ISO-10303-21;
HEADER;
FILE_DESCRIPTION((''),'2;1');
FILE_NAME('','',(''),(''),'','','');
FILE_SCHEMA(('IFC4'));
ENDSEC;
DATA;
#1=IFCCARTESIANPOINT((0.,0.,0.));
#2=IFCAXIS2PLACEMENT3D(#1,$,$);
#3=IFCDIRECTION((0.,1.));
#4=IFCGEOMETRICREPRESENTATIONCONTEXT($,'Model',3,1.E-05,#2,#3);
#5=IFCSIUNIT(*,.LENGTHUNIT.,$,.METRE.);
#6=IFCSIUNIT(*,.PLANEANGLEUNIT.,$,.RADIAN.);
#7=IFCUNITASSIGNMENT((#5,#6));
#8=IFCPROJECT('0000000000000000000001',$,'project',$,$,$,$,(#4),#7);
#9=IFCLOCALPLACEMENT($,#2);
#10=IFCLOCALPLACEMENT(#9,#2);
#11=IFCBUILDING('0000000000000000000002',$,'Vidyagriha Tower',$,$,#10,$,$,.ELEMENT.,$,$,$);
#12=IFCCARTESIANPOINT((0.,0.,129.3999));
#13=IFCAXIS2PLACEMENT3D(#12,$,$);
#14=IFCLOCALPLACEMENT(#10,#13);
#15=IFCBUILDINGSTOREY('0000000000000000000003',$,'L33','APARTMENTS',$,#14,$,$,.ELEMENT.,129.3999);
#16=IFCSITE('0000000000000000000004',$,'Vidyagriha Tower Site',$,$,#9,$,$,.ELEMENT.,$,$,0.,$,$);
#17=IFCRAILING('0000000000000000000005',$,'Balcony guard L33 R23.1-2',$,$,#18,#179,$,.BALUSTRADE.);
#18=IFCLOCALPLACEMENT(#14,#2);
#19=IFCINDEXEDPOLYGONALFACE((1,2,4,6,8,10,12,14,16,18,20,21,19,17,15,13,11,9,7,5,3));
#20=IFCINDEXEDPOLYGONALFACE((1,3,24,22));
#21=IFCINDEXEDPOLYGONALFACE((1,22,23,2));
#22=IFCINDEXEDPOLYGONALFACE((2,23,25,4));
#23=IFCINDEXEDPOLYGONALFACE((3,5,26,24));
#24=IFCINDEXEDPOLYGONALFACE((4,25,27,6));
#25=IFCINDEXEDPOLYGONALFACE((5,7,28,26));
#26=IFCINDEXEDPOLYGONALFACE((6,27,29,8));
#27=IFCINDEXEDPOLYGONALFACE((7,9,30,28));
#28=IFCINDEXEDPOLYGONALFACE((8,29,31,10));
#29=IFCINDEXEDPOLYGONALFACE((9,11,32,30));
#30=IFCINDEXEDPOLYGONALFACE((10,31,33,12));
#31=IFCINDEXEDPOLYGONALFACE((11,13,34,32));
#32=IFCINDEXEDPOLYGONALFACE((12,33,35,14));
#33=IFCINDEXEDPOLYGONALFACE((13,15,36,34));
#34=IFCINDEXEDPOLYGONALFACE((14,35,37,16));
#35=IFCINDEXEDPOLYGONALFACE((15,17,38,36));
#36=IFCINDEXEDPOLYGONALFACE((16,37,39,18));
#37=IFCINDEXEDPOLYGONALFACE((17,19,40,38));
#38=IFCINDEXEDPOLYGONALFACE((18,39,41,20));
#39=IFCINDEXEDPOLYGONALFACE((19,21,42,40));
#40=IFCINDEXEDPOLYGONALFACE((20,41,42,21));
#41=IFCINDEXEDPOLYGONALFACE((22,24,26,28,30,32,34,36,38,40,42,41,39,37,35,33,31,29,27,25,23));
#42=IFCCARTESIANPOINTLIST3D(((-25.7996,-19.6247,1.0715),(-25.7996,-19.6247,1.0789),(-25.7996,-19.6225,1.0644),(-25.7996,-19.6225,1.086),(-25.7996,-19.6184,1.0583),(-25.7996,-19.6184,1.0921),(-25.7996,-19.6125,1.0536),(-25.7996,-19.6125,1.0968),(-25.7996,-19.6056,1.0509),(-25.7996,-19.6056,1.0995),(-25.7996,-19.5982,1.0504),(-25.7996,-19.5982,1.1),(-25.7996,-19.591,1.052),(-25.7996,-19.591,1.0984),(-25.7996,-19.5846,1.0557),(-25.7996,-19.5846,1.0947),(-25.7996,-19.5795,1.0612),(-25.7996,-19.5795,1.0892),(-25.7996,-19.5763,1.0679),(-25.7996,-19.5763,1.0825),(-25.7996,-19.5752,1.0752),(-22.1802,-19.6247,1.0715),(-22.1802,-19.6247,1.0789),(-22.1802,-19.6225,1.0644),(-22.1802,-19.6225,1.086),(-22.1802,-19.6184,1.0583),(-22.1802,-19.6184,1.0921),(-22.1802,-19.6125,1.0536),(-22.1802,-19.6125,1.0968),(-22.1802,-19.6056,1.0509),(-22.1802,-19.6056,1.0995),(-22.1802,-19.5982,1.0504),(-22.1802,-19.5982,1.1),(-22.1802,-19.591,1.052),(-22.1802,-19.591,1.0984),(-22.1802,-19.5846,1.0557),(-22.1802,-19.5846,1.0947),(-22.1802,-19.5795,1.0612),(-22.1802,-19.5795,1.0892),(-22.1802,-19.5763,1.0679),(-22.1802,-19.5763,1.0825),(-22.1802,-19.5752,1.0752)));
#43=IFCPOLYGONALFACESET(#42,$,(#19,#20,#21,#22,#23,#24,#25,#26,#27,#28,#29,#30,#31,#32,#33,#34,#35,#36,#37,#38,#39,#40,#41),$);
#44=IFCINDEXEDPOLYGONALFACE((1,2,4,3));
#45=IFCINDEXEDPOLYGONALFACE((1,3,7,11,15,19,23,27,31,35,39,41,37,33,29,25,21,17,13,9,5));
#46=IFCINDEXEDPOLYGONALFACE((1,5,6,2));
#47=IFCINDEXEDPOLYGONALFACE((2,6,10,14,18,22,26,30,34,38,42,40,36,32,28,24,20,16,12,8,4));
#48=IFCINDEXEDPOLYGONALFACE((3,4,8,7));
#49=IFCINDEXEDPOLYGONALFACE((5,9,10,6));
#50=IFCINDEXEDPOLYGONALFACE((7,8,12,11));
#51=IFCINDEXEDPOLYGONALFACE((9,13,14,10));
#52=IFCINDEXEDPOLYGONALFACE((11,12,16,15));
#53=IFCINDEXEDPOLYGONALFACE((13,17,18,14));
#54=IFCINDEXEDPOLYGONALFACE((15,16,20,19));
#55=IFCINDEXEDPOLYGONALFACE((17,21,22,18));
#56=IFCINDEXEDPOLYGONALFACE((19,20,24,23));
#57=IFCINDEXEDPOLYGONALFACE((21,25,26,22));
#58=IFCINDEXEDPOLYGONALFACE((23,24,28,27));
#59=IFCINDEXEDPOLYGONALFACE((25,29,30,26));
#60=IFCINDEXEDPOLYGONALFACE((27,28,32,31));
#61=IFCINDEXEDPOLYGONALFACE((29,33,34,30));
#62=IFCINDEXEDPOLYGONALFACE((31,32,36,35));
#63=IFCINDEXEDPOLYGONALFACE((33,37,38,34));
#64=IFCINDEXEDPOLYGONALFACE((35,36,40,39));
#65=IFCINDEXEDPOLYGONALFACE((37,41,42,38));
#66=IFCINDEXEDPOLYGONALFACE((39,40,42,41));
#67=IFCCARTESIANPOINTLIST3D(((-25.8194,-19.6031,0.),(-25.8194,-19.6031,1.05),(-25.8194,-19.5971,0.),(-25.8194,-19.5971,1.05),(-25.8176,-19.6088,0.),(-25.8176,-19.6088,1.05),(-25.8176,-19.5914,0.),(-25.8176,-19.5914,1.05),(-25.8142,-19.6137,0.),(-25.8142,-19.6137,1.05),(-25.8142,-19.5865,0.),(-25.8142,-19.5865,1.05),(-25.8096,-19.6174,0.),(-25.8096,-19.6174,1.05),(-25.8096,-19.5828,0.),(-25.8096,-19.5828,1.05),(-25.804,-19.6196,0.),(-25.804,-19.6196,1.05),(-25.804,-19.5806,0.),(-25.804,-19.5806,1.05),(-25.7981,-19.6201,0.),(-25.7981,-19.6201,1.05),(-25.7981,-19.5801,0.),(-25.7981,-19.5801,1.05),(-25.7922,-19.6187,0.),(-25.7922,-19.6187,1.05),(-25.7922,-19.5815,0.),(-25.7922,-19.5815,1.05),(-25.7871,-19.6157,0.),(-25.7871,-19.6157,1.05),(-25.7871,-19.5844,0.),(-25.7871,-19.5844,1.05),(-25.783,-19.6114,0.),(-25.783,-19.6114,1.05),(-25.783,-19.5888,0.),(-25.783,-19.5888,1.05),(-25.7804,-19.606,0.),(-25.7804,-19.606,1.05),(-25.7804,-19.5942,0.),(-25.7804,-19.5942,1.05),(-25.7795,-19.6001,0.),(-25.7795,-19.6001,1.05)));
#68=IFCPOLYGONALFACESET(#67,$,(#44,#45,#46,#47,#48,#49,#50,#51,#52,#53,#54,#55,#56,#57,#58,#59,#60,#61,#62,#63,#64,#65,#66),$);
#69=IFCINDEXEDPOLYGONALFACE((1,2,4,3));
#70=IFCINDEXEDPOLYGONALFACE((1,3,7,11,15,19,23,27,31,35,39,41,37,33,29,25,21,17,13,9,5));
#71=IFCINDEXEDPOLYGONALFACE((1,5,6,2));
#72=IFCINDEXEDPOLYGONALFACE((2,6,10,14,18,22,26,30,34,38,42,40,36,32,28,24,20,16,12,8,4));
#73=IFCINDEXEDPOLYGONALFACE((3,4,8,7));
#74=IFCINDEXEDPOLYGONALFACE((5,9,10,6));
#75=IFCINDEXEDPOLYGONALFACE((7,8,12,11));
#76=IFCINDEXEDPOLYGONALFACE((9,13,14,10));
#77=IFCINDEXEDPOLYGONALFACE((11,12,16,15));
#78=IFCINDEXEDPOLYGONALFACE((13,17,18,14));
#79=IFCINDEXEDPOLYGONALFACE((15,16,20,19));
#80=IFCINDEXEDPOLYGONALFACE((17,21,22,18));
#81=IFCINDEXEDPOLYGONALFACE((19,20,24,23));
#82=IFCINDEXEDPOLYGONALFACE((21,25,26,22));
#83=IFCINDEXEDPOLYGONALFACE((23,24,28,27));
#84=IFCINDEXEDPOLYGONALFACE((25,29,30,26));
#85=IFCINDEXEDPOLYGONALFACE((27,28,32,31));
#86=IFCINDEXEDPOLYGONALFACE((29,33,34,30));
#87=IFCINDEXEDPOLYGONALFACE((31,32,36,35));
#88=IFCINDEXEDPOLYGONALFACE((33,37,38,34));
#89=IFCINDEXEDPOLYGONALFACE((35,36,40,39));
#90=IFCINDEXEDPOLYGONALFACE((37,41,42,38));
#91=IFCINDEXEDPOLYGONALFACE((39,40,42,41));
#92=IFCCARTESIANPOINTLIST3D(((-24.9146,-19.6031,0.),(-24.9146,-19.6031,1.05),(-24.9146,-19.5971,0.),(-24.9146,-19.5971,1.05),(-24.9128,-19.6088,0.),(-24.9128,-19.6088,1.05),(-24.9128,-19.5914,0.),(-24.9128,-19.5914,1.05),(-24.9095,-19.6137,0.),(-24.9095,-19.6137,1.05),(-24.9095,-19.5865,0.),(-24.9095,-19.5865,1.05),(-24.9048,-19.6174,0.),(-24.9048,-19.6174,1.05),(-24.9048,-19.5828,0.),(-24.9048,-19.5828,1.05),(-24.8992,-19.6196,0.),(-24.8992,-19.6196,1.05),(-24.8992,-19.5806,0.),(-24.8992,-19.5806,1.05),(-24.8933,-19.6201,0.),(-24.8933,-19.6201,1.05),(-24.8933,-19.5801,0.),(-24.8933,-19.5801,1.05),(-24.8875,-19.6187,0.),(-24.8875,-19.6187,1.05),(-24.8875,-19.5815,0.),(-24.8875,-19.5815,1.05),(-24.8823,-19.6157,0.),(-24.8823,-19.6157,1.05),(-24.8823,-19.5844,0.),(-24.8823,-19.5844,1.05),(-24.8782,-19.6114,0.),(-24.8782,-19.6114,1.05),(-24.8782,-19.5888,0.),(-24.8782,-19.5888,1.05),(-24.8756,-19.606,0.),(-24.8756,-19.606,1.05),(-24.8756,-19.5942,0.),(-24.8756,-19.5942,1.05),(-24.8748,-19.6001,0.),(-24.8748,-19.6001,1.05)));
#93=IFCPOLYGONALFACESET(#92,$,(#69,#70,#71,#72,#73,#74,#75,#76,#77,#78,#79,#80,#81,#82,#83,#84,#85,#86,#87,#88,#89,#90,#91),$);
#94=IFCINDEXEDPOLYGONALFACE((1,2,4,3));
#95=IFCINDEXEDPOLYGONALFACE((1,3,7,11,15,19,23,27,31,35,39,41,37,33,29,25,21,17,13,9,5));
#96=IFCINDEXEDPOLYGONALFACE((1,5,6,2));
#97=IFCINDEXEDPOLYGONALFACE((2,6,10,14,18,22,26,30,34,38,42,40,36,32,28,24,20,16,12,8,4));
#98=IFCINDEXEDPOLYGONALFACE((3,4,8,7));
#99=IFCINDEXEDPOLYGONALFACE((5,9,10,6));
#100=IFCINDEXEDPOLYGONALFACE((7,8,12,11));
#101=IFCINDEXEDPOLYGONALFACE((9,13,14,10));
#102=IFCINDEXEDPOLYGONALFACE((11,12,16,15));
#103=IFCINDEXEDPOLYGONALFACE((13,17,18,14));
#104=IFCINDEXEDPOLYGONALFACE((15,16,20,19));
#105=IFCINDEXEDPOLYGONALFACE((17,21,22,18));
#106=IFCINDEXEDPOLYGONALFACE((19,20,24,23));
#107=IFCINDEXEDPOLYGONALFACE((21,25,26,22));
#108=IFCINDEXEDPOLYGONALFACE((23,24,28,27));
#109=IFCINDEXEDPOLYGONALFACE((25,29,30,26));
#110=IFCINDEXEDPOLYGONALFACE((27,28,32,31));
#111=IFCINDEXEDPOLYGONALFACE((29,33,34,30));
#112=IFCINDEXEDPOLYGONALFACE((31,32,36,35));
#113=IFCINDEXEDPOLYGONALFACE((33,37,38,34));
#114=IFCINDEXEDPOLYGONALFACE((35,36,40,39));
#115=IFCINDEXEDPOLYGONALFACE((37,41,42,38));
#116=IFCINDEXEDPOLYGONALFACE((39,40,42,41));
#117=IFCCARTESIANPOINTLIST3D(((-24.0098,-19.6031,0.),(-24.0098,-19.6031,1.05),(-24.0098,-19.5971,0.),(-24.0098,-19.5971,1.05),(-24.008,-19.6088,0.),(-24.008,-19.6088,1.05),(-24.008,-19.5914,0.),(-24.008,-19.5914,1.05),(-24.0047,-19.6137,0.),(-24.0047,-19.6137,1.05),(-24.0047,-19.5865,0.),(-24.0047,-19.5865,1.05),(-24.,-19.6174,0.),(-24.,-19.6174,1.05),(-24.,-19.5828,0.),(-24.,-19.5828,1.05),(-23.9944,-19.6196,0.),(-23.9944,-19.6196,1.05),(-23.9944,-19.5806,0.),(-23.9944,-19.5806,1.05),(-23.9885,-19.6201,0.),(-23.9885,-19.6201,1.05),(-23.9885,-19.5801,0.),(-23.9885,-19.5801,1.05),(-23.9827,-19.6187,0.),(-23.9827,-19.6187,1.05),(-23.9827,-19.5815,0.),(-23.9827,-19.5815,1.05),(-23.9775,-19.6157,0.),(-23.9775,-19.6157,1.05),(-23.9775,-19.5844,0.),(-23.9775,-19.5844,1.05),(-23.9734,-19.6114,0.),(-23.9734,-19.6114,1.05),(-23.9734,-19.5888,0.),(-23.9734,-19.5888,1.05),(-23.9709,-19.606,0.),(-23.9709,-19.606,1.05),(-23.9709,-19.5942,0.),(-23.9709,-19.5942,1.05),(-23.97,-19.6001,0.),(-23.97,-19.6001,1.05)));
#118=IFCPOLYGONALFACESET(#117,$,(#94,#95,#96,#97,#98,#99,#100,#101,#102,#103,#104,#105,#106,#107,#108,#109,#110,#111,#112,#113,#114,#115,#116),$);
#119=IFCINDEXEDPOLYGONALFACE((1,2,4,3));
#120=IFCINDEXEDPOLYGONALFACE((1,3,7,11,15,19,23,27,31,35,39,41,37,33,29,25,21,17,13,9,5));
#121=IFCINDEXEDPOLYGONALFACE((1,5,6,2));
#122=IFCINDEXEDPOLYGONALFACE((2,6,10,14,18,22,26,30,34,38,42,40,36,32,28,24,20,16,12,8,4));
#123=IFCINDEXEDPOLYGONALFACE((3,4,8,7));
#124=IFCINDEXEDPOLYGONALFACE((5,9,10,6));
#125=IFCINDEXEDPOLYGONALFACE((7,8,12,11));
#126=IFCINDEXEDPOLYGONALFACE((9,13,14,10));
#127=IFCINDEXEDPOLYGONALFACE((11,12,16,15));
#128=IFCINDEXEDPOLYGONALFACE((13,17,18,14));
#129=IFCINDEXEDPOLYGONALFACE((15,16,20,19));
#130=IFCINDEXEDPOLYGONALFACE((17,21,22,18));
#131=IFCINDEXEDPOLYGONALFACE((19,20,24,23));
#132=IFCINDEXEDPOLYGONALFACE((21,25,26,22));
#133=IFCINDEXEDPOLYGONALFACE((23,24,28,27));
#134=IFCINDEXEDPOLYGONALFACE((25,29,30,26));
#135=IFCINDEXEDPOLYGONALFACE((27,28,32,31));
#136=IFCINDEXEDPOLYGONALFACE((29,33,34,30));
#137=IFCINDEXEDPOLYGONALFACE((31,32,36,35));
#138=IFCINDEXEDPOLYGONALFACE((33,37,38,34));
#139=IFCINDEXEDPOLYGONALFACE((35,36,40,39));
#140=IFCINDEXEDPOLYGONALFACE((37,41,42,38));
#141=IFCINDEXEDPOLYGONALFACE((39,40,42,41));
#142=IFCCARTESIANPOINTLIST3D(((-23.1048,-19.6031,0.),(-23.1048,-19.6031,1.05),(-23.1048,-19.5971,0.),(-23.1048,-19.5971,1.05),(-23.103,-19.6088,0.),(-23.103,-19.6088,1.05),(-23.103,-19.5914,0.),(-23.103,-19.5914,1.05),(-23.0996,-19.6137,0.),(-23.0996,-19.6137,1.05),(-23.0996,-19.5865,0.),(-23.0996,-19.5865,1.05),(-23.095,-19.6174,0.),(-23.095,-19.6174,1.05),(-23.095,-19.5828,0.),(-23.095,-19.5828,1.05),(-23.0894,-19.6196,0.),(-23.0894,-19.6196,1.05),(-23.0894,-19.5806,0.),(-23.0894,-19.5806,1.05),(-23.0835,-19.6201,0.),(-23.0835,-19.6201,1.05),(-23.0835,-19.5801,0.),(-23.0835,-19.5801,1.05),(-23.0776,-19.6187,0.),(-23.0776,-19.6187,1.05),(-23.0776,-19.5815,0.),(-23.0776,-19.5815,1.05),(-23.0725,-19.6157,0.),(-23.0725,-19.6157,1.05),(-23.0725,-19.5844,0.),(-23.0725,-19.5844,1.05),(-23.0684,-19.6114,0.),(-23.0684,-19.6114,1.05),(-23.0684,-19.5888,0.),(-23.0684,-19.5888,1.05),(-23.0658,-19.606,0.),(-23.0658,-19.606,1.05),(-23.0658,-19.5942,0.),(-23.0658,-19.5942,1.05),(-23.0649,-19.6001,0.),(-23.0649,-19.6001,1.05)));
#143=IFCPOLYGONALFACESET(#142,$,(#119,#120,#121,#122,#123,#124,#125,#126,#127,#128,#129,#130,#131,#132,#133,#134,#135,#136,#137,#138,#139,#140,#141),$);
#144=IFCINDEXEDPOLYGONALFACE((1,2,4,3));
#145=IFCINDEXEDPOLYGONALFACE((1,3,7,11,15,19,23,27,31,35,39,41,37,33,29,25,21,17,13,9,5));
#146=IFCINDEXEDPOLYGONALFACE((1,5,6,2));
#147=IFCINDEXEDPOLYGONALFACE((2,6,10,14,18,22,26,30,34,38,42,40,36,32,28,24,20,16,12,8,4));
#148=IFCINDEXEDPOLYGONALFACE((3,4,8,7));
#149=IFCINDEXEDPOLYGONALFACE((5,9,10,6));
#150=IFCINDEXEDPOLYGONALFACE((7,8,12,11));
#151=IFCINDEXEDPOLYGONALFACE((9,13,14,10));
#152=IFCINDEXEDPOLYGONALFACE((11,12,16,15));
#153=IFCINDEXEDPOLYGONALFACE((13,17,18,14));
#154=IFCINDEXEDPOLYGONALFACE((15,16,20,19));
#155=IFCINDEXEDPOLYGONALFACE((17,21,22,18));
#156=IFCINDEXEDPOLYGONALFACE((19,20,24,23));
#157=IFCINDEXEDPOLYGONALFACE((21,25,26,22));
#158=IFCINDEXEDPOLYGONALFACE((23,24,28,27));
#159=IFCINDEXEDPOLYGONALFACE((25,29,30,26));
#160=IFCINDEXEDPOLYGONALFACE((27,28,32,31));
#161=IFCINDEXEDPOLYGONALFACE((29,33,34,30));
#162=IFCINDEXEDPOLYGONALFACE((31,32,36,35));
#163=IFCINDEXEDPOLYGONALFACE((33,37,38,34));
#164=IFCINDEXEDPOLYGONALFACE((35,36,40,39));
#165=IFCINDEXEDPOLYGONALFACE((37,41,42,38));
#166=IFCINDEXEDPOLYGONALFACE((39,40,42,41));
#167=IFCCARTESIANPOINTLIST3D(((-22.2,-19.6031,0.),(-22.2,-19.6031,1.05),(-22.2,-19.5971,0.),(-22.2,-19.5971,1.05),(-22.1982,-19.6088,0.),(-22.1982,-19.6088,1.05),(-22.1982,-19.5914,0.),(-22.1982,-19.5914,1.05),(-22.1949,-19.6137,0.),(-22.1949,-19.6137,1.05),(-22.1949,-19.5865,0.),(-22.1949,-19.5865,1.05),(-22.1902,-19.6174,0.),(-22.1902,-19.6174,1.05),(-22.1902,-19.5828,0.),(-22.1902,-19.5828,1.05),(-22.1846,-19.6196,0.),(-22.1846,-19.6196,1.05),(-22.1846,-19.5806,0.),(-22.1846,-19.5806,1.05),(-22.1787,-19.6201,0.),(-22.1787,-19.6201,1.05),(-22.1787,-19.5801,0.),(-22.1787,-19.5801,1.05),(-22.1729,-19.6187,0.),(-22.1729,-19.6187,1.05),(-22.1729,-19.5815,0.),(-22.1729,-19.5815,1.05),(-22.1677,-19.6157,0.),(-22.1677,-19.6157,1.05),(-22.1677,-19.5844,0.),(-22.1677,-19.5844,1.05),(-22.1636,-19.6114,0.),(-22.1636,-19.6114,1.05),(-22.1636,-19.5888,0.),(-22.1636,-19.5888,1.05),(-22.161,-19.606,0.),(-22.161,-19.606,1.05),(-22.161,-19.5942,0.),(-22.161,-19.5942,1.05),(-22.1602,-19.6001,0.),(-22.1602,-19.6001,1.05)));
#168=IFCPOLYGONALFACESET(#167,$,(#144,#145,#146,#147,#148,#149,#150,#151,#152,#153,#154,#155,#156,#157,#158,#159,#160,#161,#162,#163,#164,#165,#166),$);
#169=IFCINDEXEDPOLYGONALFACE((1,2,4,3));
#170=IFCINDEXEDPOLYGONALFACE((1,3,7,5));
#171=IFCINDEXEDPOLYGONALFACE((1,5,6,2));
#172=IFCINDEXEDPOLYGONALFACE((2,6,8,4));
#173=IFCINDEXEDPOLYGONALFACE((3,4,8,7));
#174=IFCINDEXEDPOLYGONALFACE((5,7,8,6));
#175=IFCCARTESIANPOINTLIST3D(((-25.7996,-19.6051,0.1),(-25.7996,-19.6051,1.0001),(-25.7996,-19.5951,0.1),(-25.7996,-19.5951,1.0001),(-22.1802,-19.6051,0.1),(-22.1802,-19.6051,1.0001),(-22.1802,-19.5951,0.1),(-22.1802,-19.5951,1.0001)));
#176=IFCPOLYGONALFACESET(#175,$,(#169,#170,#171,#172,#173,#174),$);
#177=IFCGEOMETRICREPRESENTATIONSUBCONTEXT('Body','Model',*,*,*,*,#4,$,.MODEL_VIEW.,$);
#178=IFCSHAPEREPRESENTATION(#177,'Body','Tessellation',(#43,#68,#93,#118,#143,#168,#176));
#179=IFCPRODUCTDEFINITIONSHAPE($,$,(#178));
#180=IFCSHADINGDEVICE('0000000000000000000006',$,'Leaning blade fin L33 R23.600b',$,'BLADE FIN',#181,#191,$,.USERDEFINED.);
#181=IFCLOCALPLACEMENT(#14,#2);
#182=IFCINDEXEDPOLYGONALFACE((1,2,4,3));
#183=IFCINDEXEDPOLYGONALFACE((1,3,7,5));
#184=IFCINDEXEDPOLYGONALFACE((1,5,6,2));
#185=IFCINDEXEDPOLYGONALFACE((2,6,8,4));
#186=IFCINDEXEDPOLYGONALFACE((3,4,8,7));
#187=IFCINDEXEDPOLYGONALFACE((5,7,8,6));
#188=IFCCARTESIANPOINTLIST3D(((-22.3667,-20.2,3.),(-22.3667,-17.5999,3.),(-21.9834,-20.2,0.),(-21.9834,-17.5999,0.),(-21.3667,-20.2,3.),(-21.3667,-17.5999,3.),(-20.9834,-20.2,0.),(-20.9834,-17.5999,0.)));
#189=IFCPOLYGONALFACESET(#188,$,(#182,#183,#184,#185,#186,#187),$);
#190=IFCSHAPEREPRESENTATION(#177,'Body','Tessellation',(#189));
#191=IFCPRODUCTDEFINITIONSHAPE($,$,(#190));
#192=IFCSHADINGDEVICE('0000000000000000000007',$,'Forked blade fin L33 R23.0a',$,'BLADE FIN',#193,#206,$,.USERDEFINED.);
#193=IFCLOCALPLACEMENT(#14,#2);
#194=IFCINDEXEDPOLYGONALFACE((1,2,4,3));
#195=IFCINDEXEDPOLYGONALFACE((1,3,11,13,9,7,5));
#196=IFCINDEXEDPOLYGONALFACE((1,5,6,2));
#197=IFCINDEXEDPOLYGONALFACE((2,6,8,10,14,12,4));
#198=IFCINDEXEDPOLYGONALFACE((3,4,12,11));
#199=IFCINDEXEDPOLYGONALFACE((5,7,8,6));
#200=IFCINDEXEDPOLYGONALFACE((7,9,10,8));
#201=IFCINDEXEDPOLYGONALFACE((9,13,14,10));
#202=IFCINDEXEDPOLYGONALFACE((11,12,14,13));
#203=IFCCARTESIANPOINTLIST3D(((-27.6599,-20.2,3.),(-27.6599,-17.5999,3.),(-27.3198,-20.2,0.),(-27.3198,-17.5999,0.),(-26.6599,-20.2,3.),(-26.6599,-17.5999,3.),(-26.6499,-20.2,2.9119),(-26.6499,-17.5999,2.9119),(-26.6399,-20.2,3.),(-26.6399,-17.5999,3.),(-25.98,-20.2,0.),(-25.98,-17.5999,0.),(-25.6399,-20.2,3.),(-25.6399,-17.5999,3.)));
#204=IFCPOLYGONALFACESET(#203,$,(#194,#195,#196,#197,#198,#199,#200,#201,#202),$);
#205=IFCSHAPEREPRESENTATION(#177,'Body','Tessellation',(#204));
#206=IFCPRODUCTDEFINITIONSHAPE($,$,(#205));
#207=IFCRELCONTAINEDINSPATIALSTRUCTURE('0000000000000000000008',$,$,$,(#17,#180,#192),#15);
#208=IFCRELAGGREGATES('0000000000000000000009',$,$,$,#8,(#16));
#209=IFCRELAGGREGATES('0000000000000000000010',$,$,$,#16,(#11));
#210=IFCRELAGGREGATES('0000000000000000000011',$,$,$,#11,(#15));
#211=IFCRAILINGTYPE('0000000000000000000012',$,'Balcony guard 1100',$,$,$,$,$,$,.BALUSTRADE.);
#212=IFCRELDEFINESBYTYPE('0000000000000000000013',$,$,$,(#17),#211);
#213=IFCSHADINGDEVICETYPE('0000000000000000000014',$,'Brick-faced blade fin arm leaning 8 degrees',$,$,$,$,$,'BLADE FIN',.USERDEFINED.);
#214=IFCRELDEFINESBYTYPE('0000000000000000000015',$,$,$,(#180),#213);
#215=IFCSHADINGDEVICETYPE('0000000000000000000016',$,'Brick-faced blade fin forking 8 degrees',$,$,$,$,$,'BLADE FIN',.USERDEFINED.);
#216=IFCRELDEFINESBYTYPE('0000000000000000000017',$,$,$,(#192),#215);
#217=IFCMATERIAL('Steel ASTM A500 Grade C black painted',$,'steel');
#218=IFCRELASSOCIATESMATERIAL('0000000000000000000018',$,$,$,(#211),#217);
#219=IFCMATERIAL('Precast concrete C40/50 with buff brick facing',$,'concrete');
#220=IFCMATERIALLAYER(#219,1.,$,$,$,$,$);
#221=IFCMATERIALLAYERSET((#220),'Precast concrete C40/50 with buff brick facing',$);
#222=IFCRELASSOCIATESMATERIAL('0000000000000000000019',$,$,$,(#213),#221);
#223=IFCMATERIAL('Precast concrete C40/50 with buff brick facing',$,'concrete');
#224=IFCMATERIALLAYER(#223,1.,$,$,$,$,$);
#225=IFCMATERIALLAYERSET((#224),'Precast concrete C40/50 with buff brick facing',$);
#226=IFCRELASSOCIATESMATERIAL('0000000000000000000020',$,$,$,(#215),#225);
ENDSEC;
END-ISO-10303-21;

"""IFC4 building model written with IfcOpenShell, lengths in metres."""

from ifc_helpers import new_model, si_unit, direction, frame, origin, origin_2d, place, context, subcontext, project, spatial, polyline, rectangle, circle, outline, extrude, material, layer, layer_set, type_object, element, save


model = new_model("IFC4")

# Units and contexts
model_context = context("Model", 3, precision=1e-05, world=origin(), true_north=direction((0.0, 1.0)))
body_context = subcontext(model_context, "Body", "Model", "MODEL_VIEW")
ifc_project = project(units=[si_unit("LENGTHUNIT", "METRE"), si_unit("PLANEANGLEUNIT", "RADIAN")], contexts=[model_context])

# Site, building, storey
site_placement = place(None, origin())
site = spatial("IfcSite", under=ifc_project, at=site_placement, Name="Vidyagriha Tower Site", CompositionType="ELEMENT", RefElevation=0.0)
building_placement = place(site_placement, origin())
building = spatial("IfcBuilding", under=site, at=building_placement, Name="Vidyagriha Tower", CompositionType="ELEMENT")
storey_placement = place(building_placement, frame((0.0, 0.0, 129.3999)))
storey = spatial("IfcBuildingStorey", under=building, at=storey_placement, Name="L33", Description="APARTMENTS", CompositionType="ELEMENT", Elevation=129.3999)

# Railing
ifc_material_1 = material(Name="Steel ASTM A500 Grade C black painted", Category="steel")
railing_type_1 = type_object("IfcRailingType", Name="Balcony guard 1100", PredefinedType="BALUSTRADE", material=ifc_material_1)
railing_1_placement = place(storey_placement, frame((-25.7996, -19.6001, 0.0)))
element("IfcRailing", 1, at=railing_1_placement, inside=storey, type_object=railing_type_1, Name="Balcony guard L33 R23.1-2", PredefinedType="BALUSTRADE", context=body_context, shape_type="SweptSolid", body=[
    extrude(circle(Radius=0.0249, at=origin_2d()), frame((0.0, 0.0, 1.0752), z_axis=(1.0, 0.0, 0.0), x_axis=(0.0, 1.0, 0.0)), (0.0, 0.0, 1.0), 3.6194),
    extrude(circle(Radius=0.02, at=origin_2d()), origin(), (0.0, 0.0, 1.0), 1.05),
    extrude(circle(Radius=0.02, at=origin_2d()), frame((0.9048, 0.0, 0.0)), (0.0, 0.0, 1.0), 1.05),
    extrude(circle(Radius=0.02, at=origin_2d()), frame((1.8096, 0.0, 0.0)), (0.0, 0.0, 1.0), 1.05),
    extrude(circle(Radius=0.02, at=origin_2d()), frame((2.7146, 0.0, 0.0)), (0.0, 0.0, 1.0), 1.05),
    extrude(circle(Radius=0.02, at=origin_2d()), frame((3.6194, 0.0, 0.0)), (0.0, 0.0, 1.0), 1.05),
    extrude(rectangle(XDim=0.01, YDim=0.9001, at=origin_2d()), frame((0.0, 0.0, 0.55), z_axis=(1.0, 0.0, 0.0), x_axis=(0.0, 1.0, 0.0)), (0.0, 0.0, 1.0), 3.6194),
])

# Shading devices
ifc_material_2 = material(Name="Precast concrete C40/50 with buff brick facing", Category="concrete")
ifc_layer_1 = layer(ifc_material_2, 1.0)
ifc_layer_set_1 = layer_set([ifc_layer_1], Name="Precast concrete C40/50 with buff brick facing")
shading_device_type_1 = type_object("IfcShadingDeviceType", Name="Brick-faced blade fin arm leaning 8 degrees", ElementType="BLADE FIN", PredefinedType="USERDEFINED", material=ifc_layer_set_1)
shading_device_1_placement = place(storey_placement, frame((-22.3667, -18.8999, 0.0)))
element("IfcShadingDevice", 2, at=shading_device_1_placement, inside=storey, type_object=shading_device_type_1, Name="Leaning blade fin L33 R23.600b", ObjectType="BLADE FIN", PredefinedType="USERDEFINED", context=body_context, shape_type="SweptSolid", body=[
    extrude(outline(polyline([(0.3833, 0.0), (1.3833, 0.0), (1.0, 3.0), (0.0, 3.0), (0.3833, 0.0)])), frame((0.0, 1.3, 0.0), z_axis=(0.0, -1.0, 0.0), x_axis=(1.0, 0.0, 0.0)), (0.0, 0.0, 1.0), 2.6001),
])
ifc_material_3 = material(Name="Precast concrete C40/50 with buff brick facing", Category="concrete")
ifc_layer_2 = layer(ifc_material_3, 1.0)
ifc_layer_set_2 = layer_set([ifc_layer_2], Name="Precast concrete C40/50 with buff brick facing")
shading_device_type_2 = type_object("IfcShadingDeviceType", Name="Brick-faced blade fin forking 8 degrees", ElementType="BLADE FIN", PredefinedType="USERDEFINED", material=ifc_layer_set_2)
shading_device_2_placement = place(storey_placement, frame((-27.6599, -18.8999, 0.0)))
element("IfcShadingDevice", 3, at=shading_device_2_placement, inside=storey, type_object=shading_device_type_2, Name="Forked blade fin L33 R23.0a", ObjectType="BLADE FIN", PredefinedType="USERDEFINED", context=body_context, shape_type="SweptSolid", body=[
    extrude(outline(polyline([(0.3401, 0.0), (1.6799, 0.0), (2.02, 3.0), (1.02, 3.0), (1.01, 2.9119), (1.0, 3.0), (0.0, 3.0), (0.3401, 0.0)])), frame((0.0, 1.3, 0.0), z_axis=(0.0, -1.0, 0.0), x_axis=(1.0, 0.0, 0.0)), (0.0, 0.0, 1.0), 2.6001),
])

save(model, "model.ifc")
